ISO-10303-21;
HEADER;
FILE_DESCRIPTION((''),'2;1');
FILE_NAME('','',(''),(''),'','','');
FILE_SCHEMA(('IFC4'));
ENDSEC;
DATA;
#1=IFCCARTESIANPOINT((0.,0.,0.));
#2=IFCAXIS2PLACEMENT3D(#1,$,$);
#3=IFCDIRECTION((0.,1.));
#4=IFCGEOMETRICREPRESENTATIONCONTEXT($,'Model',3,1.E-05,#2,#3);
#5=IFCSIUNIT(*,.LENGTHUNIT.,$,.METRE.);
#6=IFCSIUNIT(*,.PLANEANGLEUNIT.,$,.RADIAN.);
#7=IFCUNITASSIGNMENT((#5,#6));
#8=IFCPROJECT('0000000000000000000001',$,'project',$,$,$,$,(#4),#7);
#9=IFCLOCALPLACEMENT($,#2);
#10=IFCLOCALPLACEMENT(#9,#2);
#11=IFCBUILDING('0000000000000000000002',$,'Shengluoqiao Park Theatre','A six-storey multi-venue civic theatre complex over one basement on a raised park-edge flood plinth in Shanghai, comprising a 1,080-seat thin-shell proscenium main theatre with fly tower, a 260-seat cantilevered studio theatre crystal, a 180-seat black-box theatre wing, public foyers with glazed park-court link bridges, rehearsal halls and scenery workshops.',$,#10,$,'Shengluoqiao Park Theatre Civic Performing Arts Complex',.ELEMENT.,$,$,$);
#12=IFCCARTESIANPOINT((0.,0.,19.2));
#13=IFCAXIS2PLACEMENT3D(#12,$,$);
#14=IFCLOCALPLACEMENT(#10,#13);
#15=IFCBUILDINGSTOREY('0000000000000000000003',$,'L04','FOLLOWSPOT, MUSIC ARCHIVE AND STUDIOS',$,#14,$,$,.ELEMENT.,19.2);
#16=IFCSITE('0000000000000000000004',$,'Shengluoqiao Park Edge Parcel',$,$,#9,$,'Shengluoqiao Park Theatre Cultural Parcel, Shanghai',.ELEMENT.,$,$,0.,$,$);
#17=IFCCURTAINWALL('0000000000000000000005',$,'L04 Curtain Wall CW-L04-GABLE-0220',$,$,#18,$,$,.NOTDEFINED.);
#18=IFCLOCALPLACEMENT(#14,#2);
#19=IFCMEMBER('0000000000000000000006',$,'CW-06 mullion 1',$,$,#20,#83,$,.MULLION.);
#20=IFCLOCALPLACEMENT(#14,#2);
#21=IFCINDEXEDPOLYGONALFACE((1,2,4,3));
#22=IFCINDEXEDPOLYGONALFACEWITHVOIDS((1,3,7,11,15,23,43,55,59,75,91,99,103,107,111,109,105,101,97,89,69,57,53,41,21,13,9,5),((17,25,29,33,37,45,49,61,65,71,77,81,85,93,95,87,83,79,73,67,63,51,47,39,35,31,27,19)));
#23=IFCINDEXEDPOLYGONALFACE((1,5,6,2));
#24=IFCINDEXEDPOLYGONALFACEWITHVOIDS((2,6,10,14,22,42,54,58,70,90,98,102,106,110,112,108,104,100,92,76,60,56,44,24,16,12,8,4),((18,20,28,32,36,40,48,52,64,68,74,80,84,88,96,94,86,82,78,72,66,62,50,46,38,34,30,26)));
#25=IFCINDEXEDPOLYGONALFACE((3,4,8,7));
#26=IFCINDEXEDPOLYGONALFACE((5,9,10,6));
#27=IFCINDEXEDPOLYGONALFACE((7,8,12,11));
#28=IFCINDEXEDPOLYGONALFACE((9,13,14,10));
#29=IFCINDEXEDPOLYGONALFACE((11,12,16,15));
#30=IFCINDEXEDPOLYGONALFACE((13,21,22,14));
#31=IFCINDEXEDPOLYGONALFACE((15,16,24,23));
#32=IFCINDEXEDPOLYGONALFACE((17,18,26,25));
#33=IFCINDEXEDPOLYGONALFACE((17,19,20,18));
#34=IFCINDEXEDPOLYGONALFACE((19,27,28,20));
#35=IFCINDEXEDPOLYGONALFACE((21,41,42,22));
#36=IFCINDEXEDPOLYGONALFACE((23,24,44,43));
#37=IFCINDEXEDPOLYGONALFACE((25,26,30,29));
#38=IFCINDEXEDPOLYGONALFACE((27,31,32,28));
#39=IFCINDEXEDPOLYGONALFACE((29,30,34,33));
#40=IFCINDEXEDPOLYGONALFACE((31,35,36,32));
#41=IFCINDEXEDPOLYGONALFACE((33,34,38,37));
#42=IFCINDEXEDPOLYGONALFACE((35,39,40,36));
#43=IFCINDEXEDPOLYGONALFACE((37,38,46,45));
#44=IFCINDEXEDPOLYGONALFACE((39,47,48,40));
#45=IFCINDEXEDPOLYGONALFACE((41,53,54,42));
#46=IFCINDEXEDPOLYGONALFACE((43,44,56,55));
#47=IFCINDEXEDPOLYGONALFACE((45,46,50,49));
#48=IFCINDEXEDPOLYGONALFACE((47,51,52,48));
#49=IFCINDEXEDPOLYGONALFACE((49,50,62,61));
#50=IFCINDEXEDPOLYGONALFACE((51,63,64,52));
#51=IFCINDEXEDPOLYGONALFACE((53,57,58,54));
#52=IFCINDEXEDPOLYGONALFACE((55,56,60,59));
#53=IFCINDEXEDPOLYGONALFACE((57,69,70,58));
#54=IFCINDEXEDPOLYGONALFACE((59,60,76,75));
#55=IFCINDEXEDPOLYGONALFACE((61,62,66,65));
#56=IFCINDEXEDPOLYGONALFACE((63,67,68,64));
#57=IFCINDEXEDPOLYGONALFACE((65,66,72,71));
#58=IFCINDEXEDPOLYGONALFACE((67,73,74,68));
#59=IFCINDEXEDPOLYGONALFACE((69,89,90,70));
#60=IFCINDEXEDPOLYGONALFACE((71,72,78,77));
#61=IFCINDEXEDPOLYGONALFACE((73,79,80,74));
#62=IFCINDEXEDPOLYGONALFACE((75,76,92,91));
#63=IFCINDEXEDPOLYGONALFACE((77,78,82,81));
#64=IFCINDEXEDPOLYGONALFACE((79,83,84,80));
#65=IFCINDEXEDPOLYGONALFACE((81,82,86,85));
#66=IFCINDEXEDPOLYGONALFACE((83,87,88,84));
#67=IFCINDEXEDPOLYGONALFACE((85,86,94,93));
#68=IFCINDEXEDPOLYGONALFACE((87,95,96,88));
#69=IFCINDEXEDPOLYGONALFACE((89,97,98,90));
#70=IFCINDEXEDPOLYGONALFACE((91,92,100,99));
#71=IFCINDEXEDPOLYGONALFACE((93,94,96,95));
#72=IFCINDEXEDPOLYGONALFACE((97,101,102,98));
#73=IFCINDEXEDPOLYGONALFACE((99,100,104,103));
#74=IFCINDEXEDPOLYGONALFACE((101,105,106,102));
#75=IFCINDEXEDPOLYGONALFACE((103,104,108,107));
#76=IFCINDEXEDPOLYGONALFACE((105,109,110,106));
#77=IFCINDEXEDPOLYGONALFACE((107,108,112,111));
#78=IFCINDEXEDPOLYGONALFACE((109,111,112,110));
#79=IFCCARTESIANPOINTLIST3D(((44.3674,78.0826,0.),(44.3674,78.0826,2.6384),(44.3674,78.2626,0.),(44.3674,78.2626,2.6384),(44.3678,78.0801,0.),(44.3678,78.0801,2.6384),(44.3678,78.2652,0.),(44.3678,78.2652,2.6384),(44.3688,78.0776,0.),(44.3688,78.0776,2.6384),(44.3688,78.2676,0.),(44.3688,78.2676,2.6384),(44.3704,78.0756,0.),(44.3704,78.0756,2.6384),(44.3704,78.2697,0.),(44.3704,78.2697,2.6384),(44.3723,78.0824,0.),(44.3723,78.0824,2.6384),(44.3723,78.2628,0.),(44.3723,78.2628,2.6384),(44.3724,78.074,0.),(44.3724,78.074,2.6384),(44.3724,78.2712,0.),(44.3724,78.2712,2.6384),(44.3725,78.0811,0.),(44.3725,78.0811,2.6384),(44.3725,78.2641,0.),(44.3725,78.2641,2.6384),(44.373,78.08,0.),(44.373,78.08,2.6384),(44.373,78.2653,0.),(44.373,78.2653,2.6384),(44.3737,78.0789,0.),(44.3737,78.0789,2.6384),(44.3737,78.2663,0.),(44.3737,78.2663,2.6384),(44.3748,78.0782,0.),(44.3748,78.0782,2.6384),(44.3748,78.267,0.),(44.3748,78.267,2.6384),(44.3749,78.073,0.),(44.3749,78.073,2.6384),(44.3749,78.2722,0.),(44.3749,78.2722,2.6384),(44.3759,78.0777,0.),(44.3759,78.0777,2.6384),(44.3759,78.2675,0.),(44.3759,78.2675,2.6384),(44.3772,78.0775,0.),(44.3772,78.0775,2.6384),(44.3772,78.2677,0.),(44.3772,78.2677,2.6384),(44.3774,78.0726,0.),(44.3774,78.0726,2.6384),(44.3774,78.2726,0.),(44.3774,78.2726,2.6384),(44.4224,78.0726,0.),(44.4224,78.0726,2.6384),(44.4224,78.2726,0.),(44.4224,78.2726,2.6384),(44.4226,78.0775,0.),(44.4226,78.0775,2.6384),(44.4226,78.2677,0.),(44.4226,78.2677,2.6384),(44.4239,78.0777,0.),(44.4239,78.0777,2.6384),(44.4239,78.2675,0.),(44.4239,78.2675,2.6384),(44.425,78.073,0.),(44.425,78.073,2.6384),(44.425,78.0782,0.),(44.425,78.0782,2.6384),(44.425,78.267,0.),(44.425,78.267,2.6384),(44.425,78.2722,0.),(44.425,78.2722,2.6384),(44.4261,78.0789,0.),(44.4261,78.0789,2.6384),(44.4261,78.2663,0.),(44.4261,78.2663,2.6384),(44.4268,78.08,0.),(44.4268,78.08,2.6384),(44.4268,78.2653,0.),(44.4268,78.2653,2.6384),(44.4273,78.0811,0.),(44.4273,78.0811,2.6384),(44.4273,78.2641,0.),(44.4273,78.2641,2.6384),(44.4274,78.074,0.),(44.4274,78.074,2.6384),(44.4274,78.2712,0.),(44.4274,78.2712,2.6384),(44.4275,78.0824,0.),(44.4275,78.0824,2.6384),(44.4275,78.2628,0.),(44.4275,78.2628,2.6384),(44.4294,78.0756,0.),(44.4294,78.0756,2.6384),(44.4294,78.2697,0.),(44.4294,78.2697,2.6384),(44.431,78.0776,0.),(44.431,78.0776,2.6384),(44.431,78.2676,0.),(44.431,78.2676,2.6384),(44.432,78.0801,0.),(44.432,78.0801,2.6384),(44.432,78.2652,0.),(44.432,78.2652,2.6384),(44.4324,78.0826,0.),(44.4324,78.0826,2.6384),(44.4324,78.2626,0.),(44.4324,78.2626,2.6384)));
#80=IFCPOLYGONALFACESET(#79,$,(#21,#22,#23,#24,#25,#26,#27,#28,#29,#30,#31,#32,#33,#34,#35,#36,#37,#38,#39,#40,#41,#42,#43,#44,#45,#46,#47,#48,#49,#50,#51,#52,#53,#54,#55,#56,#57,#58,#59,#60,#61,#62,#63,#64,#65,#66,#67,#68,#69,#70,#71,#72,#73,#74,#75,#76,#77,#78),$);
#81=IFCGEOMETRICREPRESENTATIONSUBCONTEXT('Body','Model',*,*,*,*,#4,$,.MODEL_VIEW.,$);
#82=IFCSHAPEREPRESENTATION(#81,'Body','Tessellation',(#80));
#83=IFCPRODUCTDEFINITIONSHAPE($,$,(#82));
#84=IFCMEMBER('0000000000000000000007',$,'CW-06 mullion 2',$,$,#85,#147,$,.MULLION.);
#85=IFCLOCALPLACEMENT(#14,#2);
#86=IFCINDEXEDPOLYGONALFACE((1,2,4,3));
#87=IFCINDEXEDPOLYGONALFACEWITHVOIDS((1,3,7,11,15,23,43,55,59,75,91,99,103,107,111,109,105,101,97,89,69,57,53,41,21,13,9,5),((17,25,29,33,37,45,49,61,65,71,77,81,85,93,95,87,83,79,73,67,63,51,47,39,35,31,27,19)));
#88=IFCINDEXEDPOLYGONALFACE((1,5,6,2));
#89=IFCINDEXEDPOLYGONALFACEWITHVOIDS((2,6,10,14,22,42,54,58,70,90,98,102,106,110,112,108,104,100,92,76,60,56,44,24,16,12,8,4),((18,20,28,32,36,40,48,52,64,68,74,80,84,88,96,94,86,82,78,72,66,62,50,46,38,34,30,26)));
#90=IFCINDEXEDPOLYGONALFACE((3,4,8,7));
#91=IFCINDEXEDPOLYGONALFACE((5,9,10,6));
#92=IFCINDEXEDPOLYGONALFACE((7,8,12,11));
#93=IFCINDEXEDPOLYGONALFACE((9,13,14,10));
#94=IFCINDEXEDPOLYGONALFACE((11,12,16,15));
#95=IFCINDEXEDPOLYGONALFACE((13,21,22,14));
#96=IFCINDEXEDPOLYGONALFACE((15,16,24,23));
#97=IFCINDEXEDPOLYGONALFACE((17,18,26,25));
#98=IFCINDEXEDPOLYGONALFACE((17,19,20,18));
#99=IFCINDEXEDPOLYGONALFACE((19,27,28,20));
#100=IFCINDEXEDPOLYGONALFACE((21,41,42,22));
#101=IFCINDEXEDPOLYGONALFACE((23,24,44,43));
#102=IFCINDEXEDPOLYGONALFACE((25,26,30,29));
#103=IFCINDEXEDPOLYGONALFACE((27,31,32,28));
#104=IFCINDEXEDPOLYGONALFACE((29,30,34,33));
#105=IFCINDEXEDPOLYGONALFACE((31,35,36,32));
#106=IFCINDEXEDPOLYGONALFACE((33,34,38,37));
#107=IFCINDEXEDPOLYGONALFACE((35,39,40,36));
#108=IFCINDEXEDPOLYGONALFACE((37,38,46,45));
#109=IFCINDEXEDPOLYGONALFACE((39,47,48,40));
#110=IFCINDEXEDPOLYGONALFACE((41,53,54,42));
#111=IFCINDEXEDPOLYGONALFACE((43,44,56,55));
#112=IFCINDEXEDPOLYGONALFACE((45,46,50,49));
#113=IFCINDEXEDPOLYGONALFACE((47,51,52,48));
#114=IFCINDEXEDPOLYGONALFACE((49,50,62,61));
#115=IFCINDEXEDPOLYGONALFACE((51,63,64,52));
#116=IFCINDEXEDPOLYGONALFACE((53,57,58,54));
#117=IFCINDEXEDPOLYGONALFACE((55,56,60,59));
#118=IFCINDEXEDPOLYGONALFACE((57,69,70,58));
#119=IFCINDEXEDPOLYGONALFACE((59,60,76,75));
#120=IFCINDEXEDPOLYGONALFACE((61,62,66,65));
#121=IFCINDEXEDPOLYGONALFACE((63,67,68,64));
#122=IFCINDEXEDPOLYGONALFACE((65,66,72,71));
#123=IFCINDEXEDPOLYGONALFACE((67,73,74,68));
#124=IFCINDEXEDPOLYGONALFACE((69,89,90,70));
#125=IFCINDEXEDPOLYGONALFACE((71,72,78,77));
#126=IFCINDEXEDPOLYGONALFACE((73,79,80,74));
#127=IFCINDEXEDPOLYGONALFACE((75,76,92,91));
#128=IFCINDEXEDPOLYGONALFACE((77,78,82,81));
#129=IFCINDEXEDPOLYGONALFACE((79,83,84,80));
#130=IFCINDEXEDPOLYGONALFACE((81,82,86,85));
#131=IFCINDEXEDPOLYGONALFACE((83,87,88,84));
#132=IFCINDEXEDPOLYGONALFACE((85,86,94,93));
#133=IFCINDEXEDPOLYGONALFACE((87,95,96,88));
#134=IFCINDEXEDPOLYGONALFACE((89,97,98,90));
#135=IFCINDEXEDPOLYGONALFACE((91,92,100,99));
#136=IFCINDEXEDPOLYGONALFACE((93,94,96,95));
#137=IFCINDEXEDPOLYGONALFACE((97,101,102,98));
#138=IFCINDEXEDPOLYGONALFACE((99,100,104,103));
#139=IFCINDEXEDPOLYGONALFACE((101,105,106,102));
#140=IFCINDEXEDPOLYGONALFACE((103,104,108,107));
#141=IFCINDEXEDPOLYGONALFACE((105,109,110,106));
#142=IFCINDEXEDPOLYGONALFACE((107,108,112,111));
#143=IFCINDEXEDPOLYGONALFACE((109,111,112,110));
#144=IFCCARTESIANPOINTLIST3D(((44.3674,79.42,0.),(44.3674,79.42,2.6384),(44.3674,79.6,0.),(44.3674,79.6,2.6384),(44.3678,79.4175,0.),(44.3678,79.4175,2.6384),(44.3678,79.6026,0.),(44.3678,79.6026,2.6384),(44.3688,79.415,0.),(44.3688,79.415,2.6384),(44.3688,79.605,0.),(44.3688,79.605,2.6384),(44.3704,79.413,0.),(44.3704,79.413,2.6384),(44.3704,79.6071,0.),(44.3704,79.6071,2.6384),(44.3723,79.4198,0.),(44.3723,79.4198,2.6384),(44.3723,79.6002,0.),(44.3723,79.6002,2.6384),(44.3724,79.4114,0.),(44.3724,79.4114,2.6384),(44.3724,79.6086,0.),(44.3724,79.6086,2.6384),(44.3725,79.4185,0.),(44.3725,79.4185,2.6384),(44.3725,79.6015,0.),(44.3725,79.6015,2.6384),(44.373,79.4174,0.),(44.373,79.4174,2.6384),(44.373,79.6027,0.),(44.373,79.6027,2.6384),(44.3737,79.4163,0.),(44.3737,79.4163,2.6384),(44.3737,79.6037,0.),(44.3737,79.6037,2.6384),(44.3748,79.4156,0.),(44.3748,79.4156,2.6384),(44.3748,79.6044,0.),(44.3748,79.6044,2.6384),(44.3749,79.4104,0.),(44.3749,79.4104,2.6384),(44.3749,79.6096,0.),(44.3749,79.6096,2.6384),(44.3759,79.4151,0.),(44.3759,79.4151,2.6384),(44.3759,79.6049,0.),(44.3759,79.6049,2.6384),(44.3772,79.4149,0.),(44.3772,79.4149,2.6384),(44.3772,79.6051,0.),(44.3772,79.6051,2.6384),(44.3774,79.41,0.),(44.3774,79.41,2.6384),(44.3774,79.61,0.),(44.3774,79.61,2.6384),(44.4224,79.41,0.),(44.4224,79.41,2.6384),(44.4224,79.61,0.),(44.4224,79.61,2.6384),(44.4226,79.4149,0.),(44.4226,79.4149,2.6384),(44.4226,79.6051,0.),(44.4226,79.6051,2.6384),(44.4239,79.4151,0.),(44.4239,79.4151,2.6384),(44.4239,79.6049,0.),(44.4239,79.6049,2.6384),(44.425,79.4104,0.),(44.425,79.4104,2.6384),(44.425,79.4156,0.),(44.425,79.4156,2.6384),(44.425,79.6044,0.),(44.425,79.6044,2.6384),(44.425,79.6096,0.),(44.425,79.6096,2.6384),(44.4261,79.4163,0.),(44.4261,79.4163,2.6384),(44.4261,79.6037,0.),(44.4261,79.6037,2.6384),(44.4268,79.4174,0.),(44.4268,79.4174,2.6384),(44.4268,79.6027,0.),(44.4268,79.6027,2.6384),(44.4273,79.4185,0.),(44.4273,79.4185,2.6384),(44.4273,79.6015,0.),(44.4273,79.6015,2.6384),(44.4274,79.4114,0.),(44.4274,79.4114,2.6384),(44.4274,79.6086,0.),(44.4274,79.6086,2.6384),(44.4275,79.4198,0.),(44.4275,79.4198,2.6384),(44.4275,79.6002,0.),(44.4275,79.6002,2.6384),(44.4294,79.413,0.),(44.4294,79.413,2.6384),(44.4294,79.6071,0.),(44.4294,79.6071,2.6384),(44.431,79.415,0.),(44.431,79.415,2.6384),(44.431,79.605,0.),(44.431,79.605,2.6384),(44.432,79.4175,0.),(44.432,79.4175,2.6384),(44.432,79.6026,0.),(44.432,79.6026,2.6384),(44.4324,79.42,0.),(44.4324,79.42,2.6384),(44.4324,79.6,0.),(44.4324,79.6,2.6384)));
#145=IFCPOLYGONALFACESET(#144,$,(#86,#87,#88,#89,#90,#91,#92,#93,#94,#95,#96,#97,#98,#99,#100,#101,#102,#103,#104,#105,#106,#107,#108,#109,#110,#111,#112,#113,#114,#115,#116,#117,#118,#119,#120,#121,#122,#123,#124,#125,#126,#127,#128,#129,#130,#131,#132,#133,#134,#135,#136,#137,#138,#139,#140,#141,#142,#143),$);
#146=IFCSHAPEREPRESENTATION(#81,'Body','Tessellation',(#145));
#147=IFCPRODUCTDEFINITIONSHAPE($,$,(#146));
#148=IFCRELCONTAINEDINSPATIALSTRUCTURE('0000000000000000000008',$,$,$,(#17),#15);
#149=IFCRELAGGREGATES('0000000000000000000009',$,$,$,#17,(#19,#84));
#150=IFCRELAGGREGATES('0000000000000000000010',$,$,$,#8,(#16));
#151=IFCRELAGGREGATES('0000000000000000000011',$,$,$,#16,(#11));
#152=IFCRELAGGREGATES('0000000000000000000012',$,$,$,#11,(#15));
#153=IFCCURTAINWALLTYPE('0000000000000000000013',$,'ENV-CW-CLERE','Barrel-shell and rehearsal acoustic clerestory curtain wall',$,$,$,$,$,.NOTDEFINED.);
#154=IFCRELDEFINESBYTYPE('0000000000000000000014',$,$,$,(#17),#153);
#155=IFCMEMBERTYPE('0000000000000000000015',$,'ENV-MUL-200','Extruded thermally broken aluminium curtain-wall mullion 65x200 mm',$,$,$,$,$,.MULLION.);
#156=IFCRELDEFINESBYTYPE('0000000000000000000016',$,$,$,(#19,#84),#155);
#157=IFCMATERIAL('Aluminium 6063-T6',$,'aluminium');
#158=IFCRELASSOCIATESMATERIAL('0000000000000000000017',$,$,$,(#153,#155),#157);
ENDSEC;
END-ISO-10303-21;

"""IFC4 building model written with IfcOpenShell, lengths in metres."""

from ifc_helpers import new_model, si_unit, direction, frame, origin, origin_2d, place, context, subcontext, project, spatial, hollow_rectangle, extrude, material, material_profile, profile_set, type_object, element, aggregate, save


model = new_model("IFC4")

# Units and contexts
model_context = context("Model", 3, precision=1e-05, world=origin(), true_north=direction((0.0, 1.0)))
body_context = subcontext(model_context, "Body", "Model", "MODEL_VIEW")
ifc_project = project(units=[si_unit("LENGTHUNIT", "METRE"), si_unit("PLANEANGLEUNIT", "RADIAN")], contexts=[model_context])

# Site, building, storey
site_placement = place(None, origin())
site = spatial("IfcSite", under=ifc_project, at=site_placement, Name="Shengluoqiao Park Edge Parcel", LongName="Shengluoqiao Park Theatre Cultural Parcel, Shanghai", CompositionType="ELEMENT", RefElevation=0.0)
building_placement = place(site_placement, origin())
building = spatial("IfcBuilding", under=site, at=building_placement, Name="Shengluoqiao Park Theatre", Description="A six-storey multi-venue civic theatre complex over one basement on a raised park-edge flood plinth in Shanghai, comprising a 1,080-seat thin-shell proscenium main theatre with fly tower, a 260-seat cantilevered studio theatre crystal, a 180-seat black-box theatre wing, public foyers with glazed park-court link bridges, rehearsal halls and scenery workshops.", LongName="Shengluoqiao Park Theatre Civic Performing Arts Complex", CompositionType="ELEMENT")
storey_placement = place(building_placement, frame((0.0, 0.0, 19.2)))
storey = spatial("IfcBuildingStorey", under=building, at=storey_placement, Name="L04", Description="FOLLOWSPOT, MUSIC ARCHIVE AND STUDIOS", CompositionType="ELEMENT", Elevation=19.2)

# Curtain wall, members
ifc_material_1 = material(Name="Aluminium 6063-T6", Category="aluminium")
curtain_wall_type = type_object("IfcCurtainWallType", Name="ENV-CW-CLERE", Description="Barrel-shell and rehearsal acoustic clerestory curtain wall", PredefinedType="NOTDEFINED", material=ifc_material_1)
curtain_wall_placement = place(storey_placement, origin())
curtain_wall = element("IfcCurtainWall", 1, at=curtain_wall_placement, inside=storey, type_object=curtain_wall_type, Name="L04 Curtain Wall CW-L04-GABLE-0220", PredefinedType="NOTDEFINED")
ifc_material_profile_1 = material_profile(ifc_material_1, hollow_rectangle(XDim=0.0649, YDim=0.2, WallThickness=0.0049, InnerFilletRadius=0.0049, OuterFilletRadius=0.01, at=origin_2d()), Name="ALU MULLION 200x65x5")
ifc_profile_set_1 = profile_set([ifc_material_profile_1], Name="Aluminium 6063-T6")
member_type_1 = type_object("IfcMemberType", Name="ENV-MUL-200", Description="Extruded thermally broken aluminium curtain-wall mullion 65x200 mm", PredefinedType="MULLION", material=ifc_profile_set_1)
member_1_placement = place(storey_placement, frame((44.3999, 78.1726, 0.0), z_axis=(0.0, 0.0, 1.0), x_axis=(-1.0, 0.0, 0.0)))
member_1 = element("IfcMember", 2, at=member_1_placement, type_object=member_type_1, Name="CW-06 mullion 1", PredefinedType="MULLION", context=body_context, shape_type="SweptSolid", body=[
    extrude(hollow_rectangle(XDim=0.0649, YDim=0.2, WallThickness=0.0049, InnerFilletRadius=0.0049, OuterFilletRadius=0.01, at=origin_2d()), origin(), (0.0, 0.0, 1.0), 2.6384),
])
member_2_placement = place(storey_placement, frame((44.3999, 79.51, 0.0), z_axis=(0.0, 0.0, 1.0), x_axis=(-1.0, 0.0, 0.0)))
member_2 = element("IfcMember", 3, at=member_2_placement, type_object=member_type_1, Name="CW-06 mullion 2", PredefinedType="MULLION", context=body_context, shape_type="SweptSolid", body=[
    extrude(hollow_rectangle(XDim=0.0649, YDim=0.2, WallThickness=0.0049, InnerFilletRadius=0.0049, OuterFilletRadius=0.01, at=origin_2d()), origin(), (0.0, 0.0, 1.0), 2.6384),
])

aggregate(curtain_wall, [member_1, member_2])

save(model, "model.ifc")
